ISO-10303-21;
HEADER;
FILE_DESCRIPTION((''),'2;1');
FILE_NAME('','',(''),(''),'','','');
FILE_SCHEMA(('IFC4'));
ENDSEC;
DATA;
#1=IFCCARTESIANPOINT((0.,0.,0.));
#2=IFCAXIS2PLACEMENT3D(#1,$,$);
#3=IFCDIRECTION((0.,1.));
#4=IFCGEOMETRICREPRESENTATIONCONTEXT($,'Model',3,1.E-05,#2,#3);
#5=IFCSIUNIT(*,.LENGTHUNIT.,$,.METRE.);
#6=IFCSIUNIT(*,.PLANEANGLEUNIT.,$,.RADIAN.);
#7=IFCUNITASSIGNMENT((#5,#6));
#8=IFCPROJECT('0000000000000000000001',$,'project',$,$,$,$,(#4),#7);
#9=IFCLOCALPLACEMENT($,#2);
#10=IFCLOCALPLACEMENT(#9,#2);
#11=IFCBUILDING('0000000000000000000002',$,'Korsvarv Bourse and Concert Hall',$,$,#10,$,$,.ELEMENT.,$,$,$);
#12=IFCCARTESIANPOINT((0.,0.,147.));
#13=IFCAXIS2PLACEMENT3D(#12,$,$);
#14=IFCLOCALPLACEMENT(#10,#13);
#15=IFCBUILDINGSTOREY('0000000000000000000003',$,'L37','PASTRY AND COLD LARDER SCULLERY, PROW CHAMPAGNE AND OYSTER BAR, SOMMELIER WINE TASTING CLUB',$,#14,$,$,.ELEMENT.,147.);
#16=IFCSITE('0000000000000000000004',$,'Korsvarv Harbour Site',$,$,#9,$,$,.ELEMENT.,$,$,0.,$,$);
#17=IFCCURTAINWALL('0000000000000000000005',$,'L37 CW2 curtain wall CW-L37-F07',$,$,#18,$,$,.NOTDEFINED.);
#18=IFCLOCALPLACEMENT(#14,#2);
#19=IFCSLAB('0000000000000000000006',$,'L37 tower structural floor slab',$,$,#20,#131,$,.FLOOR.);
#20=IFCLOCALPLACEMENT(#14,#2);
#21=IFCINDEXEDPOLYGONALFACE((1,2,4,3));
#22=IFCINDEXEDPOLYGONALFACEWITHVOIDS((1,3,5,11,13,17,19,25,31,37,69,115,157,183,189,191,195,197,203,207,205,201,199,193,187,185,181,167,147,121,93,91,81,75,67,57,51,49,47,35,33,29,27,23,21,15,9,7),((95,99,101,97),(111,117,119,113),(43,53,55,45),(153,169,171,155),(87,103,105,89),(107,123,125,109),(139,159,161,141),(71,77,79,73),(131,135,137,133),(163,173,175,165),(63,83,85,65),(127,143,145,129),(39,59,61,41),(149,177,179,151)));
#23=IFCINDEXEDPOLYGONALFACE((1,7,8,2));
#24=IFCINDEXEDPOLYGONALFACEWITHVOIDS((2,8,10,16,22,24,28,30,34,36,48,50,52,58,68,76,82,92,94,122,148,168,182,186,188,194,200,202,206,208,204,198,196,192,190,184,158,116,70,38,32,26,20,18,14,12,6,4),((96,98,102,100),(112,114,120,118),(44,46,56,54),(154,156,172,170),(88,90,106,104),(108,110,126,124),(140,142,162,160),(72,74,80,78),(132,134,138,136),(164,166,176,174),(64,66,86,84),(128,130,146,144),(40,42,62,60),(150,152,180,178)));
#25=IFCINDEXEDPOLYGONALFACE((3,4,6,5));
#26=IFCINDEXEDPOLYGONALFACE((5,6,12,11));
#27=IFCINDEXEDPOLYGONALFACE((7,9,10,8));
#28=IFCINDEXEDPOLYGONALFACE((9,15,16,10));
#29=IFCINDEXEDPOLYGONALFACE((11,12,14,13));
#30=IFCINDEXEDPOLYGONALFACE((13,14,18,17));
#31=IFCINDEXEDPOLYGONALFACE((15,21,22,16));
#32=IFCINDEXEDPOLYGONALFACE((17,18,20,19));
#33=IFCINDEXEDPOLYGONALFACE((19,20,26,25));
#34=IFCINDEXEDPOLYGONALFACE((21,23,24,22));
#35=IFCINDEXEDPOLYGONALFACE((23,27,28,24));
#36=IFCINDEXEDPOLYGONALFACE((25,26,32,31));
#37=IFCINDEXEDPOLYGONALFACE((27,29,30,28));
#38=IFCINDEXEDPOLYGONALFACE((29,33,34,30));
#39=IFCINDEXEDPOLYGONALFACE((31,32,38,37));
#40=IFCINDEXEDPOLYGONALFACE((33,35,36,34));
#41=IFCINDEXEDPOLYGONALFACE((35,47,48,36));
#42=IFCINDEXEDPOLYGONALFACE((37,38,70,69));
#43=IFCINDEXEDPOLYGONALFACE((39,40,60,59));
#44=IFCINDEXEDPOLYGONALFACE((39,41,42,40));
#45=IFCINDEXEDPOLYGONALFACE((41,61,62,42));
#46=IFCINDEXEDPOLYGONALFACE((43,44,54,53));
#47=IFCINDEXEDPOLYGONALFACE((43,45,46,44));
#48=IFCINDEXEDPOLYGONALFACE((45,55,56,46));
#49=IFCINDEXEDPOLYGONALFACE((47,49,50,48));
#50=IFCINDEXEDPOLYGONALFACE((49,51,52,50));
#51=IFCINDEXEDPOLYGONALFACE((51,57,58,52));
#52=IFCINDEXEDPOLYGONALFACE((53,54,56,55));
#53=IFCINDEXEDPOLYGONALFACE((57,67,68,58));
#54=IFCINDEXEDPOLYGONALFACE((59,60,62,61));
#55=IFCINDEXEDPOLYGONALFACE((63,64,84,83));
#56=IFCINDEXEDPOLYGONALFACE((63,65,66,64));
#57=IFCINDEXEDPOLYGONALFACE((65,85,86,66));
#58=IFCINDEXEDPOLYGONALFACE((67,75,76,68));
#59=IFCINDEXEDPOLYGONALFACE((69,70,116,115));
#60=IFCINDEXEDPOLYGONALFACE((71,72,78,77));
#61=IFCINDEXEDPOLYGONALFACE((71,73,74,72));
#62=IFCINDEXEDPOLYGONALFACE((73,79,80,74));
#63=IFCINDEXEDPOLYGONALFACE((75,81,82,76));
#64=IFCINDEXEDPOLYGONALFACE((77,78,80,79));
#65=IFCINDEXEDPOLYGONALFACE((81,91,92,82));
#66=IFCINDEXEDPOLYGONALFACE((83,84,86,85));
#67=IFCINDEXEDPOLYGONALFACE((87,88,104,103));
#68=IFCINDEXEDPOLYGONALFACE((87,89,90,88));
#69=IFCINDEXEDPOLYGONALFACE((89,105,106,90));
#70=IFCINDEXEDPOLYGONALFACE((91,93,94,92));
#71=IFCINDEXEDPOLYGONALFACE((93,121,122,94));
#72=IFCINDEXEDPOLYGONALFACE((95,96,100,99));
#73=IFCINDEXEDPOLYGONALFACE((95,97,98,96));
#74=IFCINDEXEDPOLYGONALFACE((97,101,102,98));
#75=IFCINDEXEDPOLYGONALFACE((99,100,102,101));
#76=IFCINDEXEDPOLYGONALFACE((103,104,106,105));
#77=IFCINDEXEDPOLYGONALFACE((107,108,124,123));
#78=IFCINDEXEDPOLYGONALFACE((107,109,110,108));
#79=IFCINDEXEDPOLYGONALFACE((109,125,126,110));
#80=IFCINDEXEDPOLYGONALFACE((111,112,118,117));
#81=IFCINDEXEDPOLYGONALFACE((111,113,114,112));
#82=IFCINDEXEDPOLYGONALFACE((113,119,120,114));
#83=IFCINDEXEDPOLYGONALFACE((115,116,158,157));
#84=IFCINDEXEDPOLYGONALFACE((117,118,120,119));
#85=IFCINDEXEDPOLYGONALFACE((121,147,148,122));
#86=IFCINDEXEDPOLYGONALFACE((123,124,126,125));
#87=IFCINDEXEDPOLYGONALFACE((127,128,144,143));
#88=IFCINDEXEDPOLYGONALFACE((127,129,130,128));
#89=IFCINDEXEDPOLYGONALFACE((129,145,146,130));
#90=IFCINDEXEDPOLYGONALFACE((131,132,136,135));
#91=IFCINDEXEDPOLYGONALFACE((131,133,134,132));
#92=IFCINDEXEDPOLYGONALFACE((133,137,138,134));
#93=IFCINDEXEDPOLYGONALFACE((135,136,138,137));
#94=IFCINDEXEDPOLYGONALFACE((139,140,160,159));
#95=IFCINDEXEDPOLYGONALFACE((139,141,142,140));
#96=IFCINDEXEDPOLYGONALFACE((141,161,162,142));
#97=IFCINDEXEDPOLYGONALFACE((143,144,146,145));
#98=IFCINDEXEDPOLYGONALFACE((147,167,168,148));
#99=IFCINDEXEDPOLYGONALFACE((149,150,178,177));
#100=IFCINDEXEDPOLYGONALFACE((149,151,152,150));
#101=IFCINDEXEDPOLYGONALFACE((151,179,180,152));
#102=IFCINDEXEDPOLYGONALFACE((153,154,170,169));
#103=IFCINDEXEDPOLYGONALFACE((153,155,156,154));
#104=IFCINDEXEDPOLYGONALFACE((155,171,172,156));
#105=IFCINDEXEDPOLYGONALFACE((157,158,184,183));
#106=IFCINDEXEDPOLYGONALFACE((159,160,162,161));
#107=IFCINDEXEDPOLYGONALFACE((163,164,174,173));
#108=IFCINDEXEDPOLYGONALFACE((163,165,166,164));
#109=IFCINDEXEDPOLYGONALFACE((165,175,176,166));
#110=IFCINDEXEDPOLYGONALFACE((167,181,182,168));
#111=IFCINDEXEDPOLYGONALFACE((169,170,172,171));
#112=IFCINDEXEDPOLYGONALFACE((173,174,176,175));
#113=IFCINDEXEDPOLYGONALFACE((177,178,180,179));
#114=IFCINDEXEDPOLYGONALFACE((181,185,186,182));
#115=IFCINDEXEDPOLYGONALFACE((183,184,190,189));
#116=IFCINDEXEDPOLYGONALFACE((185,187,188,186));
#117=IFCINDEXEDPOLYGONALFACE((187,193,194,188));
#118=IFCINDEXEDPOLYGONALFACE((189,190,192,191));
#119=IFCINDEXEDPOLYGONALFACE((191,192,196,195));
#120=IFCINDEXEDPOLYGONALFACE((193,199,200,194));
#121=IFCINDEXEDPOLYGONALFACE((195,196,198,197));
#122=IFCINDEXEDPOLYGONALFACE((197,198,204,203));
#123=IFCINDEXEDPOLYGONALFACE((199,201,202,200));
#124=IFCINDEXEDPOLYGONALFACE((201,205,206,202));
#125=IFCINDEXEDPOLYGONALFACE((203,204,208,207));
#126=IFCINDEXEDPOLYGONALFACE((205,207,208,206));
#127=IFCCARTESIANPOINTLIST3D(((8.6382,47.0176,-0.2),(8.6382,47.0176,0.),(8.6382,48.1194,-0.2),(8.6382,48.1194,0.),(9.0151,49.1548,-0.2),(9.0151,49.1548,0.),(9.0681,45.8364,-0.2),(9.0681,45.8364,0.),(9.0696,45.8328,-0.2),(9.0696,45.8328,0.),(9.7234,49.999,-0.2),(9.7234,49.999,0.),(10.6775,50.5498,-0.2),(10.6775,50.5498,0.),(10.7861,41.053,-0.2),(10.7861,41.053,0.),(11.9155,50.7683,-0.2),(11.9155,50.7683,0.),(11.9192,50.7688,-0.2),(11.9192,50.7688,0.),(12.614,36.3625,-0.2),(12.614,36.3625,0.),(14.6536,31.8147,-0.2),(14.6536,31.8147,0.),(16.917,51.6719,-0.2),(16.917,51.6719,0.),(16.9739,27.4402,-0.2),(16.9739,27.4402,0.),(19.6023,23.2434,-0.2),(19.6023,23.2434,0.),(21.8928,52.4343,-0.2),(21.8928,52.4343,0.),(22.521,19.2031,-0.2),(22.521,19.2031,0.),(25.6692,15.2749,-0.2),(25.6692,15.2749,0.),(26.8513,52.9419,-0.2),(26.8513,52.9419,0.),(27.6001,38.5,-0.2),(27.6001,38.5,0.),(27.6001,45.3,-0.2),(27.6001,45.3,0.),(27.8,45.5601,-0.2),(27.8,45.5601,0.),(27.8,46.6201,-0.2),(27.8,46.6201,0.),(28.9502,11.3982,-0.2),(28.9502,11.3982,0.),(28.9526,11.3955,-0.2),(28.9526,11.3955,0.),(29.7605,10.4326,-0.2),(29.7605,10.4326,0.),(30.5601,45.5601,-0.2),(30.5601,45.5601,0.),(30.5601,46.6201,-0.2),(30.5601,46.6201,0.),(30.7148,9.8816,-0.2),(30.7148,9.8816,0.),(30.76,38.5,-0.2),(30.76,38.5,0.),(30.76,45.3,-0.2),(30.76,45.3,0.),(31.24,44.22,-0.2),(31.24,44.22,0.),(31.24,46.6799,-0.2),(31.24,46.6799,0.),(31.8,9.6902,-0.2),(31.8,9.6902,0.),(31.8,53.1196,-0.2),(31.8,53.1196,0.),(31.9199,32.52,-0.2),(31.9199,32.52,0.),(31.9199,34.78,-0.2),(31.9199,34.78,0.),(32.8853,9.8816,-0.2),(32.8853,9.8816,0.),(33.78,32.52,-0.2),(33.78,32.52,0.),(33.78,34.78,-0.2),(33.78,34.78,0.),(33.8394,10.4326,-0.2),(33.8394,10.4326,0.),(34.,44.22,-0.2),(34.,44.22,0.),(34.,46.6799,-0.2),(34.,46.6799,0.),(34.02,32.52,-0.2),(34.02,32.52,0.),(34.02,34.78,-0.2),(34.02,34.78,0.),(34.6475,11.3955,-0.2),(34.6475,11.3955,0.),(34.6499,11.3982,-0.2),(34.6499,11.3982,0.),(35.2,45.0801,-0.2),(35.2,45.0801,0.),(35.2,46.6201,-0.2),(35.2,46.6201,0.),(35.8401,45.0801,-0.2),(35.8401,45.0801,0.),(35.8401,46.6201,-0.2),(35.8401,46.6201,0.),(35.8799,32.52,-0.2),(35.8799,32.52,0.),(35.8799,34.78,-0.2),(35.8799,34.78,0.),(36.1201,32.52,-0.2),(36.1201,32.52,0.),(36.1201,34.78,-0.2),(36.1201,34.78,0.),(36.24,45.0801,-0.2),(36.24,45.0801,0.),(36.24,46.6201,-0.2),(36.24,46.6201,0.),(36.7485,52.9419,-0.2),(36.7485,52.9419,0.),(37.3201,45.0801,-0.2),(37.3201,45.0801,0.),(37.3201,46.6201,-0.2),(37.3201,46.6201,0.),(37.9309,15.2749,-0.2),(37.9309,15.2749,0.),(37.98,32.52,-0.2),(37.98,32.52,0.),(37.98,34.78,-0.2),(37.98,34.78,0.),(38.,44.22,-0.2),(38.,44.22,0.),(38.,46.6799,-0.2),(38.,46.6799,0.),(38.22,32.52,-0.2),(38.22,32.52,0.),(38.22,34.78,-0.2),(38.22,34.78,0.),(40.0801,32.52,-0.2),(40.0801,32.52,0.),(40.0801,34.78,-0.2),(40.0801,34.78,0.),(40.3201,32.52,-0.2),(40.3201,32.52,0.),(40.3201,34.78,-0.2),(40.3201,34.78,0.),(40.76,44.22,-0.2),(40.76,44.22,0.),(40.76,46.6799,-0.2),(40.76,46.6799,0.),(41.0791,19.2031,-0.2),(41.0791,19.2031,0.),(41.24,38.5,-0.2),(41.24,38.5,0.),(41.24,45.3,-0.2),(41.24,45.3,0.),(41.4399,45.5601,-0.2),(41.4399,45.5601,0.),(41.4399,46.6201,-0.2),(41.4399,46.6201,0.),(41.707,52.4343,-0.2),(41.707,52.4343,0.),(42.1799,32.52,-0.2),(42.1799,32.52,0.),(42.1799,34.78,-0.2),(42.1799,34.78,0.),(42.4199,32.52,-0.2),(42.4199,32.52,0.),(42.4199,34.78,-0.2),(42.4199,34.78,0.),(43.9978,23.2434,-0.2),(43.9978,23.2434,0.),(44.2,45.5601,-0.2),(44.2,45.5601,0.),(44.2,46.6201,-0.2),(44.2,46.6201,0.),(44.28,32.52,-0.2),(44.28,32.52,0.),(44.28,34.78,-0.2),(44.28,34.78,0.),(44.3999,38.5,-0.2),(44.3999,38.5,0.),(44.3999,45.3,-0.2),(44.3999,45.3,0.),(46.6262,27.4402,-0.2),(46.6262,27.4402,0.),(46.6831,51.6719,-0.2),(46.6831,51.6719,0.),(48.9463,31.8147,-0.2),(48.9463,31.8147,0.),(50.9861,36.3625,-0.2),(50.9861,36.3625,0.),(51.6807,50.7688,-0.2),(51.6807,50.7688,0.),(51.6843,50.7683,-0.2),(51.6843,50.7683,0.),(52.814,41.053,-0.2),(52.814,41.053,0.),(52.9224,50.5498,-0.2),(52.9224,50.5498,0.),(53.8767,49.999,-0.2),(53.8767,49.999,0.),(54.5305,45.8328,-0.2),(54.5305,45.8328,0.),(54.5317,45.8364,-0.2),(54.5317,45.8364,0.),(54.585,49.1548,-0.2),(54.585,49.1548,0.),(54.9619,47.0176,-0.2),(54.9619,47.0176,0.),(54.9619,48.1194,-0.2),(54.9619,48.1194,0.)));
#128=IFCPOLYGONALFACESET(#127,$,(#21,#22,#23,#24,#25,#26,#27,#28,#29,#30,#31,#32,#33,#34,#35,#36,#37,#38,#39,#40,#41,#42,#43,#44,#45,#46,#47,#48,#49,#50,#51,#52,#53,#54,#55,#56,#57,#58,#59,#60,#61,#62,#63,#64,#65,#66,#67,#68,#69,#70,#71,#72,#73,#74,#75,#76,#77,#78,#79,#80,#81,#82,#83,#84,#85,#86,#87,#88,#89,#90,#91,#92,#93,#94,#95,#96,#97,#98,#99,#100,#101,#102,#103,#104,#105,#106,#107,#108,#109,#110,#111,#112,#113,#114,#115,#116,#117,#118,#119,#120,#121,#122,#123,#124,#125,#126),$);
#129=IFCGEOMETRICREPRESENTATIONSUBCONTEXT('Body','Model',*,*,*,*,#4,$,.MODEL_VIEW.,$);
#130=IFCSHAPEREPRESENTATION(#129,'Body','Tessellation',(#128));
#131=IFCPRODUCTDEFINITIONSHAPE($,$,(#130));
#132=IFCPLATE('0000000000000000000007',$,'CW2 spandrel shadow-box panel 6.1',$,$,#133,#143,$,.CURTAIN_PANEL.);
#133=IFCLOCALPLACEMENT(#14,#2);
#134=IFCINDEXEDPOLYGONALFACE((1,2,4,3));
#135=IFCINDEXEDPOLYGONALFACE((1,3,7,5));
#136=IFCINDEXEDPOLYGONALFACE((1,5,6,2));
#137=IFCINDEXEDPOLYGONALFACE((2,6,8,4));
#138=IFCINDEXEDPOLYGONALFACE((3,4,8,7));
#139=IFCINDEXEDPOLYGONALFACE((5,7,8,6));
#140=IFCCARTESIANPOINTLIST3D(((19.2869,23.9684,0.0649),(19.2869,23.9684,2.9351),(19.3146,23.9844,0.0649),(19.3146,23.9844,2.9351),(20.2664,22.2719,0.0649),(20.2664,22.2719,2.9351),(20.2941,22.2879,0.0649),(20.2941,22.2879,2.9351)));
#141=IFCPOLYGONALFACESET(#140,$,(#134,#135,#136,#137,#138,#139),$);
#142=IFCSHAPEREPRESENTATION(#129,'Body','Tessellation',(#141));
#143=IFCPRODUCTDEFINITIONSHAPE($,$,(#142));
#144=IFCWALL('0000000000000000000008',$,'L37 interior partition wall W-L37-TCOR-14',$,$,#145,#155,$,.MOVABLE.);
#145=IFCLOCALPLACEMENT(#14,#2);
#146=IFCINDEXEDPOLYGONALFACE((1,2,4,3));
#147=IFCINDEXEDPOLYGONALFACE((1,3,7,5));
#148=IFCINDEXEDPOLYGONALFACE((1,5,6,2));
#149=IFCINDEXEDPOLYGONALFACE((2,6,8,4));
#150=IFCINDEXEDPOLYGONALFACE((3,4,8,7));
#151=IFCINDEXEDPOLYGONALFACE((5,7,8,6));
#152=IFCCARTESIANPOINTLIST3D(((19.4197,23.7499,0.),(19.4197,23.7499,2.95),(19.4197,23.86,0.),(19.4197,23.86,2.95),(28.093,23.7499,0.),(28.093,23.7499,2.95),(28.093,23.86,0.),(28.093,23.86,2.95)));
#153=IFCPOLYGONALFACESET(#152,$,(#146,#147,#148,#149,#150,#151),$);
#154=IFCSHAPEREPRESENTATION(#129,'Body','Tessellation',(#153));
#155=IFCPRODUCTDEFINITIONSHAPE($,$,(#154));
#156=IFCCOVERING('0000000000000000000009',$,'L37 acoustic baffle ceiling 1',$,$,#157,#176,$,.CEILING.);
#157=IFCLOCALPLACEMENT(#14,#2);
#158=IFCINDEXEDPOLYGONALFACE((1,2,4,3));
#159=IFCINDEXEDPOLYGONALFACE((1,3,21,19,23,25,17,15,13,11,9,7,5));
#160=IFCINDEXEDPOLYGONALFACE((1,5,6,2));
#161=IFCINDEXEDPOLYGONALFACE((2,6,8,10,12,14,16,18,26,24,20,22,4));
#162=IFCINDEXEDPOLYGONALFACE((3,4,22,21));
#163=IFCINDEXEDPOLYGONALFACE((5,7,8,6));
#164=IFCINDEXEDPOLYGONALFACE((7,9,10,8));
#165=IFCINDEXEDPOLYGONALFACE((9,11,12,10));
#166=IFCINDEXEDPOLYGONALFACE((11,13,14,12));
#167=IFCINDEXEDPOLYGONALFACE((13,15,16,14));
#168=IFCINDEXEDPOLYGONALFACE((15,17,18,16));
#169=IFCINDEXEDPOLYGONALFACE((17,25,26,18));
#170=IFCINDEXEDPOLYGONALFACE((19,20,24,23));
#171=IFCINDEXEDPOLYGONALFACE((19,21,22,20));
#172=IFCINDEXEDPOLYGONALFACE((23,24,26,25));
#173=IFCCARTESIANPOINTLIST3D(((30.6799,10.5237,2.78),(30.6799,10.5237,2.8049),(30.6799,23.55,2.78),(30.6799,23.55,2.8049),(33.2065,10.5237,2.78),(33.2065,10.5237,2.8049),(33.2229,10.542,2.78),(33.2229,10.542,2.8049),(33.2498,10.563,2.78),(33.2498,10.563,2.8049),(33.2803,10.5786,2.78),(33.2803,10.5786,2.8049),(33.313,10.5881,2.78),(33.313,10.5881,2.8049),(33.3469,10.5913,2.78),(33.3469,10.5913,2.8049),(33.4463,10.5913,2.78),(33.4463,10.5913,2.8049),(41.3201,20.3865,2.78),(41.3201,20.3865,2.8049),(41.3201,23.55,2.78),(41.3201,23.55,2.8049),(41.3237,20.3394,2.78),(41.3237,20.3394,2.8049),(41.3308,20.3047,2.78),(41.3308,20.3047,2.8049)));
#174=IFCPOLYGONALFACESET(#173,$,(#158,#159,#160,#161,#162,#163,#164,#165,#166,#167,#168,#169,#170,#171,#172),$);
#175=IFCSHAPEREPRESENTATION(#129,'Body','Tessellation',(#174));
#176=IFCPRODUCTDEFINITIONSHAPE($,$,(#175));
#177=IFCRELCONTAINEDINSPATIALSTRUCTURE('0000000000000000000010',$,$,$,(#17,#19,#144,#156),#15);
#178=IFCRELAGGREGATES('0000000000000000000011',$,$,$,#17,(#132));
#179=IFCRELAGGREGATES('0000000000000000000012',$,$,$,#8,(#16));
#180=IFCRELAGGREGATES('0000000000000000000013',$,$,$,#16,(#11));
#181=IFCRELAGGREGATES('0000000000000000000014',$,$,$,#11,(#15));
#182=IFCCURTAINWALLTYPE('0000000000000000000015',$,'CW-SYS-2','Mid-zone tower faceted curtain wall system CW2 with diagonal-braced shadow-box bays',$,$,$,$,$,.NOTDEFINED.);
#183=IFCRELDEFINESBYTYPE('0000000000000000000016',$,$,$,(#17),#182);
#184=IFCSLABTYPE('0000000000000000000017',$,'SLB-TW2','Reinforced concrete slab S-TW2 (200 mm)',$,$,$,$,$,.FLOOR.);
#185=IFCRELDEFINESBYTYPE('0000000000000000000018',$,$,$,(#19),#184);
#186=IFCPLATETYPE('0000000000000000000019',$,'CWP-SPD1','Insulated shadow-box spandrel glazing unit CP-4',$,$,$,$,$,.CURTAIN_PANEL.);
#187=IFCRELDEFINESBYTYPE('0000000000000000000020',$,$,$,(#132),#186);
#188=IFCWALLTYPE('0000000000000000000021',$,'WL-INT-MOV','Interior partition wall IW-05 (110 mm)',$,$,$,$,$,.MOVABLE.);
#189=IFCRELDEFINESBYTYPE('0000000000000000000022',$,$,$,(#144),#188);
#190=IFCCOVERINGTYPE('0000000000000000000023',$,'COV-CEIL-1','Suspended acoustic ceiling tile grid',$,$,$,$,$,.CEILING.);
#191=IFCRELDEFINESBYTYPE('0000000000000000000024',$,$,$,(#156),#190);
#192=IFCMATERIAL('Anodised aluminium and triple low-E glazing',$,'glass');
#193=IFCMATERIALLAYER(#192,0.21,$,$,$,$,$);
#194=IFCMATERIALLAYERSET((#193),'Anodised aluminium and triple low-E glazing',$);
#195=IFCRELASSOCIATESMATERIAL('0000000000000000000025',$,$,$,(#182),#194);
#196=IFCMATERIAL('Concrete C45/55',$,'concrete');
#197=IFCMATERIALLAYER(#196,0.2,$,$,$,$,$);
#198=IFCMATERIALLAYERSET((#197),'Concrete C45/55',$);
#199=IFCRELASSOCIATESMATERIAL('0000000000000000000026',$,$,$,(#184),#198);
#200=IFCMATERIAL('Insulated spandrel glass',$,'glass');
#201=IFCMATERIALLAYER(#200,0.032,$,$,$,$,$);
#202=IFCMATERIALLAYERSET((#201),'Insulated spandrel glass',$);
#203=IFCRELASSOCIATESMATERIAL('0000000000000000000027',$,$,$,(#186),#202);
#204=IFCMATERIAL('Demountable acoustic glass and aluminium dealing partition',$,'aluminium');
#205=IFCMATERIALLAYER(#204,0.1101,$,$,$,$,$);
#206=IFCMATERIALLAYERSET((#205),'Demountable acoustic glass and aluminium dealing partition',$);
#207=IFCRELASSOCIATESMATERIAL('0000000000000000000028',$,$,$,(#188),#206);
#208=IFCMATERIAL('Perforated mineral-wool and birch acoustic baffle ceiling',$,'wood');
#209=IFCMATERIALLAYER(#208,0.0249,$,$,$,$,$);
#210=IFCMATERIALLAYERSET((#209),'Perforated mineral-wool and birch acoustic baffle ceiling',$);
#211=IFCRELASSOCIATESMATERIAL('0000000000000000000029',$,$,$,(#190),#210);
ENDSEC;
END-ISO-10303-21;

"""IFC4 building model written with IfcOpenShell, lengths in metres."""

from ifc_helpers import new_model, si_unit, direction, frame, frame_2d, origin, origin_2d, place, context, subcontext, project, spatial, polyline, rectangle, outline, extrude, source, transform, mapped, material, layer, layer_set, type_object, element, aggregate, save


model = new_model("IFC4")

# Units and contexts
model_context = context("Model", 3, precision=1e-05, world=origin(), true_north=direction((0.0, 1.0)))
body_context = subcontext(model_context, "Body", "Model", "MODEL_VIEW")
ifc_project = project(units=[si_unit("LENGTHUNIT", "METRE"), si_unit("PLANEANGLEUNIT", "RADIAN")], contexts=[model_context])

# Site, building, storey
site_placement = place(None, origin())
site = spatial("IfcSite", under=ifc_project, at=site_placement, Name="Korsvarv Harbour Site", CompositionType="ELEMENT", RefElevation=0.0)
building_placement = place(site_placement, origin())
building = spatial("IfcBuilding", under=site, at=building_placement, Name="Korsvarv Bourse and Concert Hall", CompositionType="ELEMENT")
storey_placement = place(building_placement, frame((0.0, 0.0, 147.0)))
storey = spatial("IfcBuildingStorey", under=building, at=storey_placement, Name="L37", Description="PASTRY AND COLD LARDER SCULLERY, PROW CHAMPAGNE AND OYSTER BAR, SOMMELIER WINE TASTING CLUB", CompositionType="ELEMENT", Elevation=147.0)

# Curtain wall
ifc_material_1 = material(Name="Anodised aluminium and triple low-E glazing", Category="glass")
ifc_layer_1 = layer(ifc_material_1, 0.21)
ifc_layer_set_1 = layer_set([ifc_layer_1], Name="Anodised aluminium and triple low-E glazing")
curtain_wall_type = type_object("IfcCurtainWallType", Name="CW-SYS-2", Description="Mid-zone tower faceted curtain wall system CW2 with diagonal-braced shadow-box bays", PredefinedType="NOTDEFINED", material=ifc_layer_set_1)
curtain_wall_placement = place(storey_placement, origin())
curtain_wall = element("IfcCurtainWall", 1, at=curtain_wall_placement, inside=storey, type_object=curtain_wall_type, Name="L37 CW2 curtain wall CW-L37-F07", PredefinedType="NOTDEFINED")

# Slab
ifc_material_2 = material(Name="Concrete C45/55", Category="concrete")
ifc_layer_2 = layer(ifc_material_2, 0.2)
ifc_layer_set_2 = layer_set([ifc_layer_2], Name="Concrete C45/55")
slab_type_1 = type_object("IfcSlabType", Name="SLB-TW2", Description="Reinforced concrete slab S-TW2 (200 mm)", PredefinedType="FLOOR", material=ifc_layer_set_2)
slab_1_placement = place(storey_placement, frame((0.0, 0.0, -0.2)))
element("IfcSlab", 2, at=slab_1_placement, inside=storey, type_object=slab_type_1, Name="L37 tower structural floor slab", PredefinedType="FLOOR", context=body_context, shape_type="SweptSolid", body=[
    extrude(outline(polyline([(54.5305, 45.8328), (52.814, 41.053), (50.9861, 36.3625), (48.9463, 31.8147), (46.6262, 27.4402), (43.9978, 23.2434), (41.0791, 19.2031), (37.9309, 15.2749), (34.6499, 11.3982), (34.6475, 11.3955), (33.8394, 10.4326), (32.8853, 9.8816), (31.8, 9.6902), (30.7148, 9.8816), (29.7605, 10.4326), (28.9526, 11.3955), (28.9502, 11.3982), (25.6692, 15.2749), (22.521, 19.2031), (19.6023, 23.2434), (16.9739, 27.4402), (14.6536, 31.8147), (12.614, 36.3625), (10.7861, 41.053), (9.0696, 45.8328), (9.0681, 45.8364), (8.6382, 47.0176), (8.6382, 48.1194), (9.0151, 49.1548), (9.7234, 49.999), (10.6775, 50.5498), (11.9155, 50.7683), (11.9192, 50.7688), (16.917, 51.6719), (21.8928, 52.4343), (26.8513, 52.9419), (31.8, 53.1196), (36.7485, 52.9419), (41.707, 52.4343), (46.6831, 51.6719), (51.6807, 50.7688), (51.6843, 50.7683), (52.9224, 50.5498), (53.8767, 49.999), (54.585, 49.1548), (54.9619, 48.1194), (54.9619, 47.0176), (54.5317, 45.8364), (54.5305, 45.8328)]), holes=[polyline([(30.76, 38.5), (30.76, 45.3), (27.6001, 45.3), (27.6001, 38.5), (30.76, 38.5)]), polyline([(44.3999, 38.5), (44.3999, 45.3), (41.24, 45.3), (41.24, 38.5), (44.3999, 38.5)]), polyline([(31.24, 44.22), (34.0, 44.22), (34.0, 46.6799), (31.24, 46.6799), (31.24, 44.22)]), polyline([(38.0, 44.22), (40.76, 44.22), (40.76, 46.6799), (38.0, 46.6799), (38.0, 44.22)]), polyline([(31.9199, 32.52), (33.78, 32.52), (33.78, 34.78), (31.9199, 34.78), (31.9199, 32.52)]), polyline([(34.02, 32.52), (35.8799, 32.52), (35.8799, 34.78), (34.02, 34.78), (34.02, 32.52)]), polyline([(36.1201, 32.52), (37.98, 32.52), (37.98, 34.78), (36.1201, 34.78), (36.1201, 32.52)]), polyline([(38.22, 32.52), (40.0801, 32.52), (40.0801, 34.78), (38.22, 34.78), (38.22, 32.52)]), polyline([(40.3201, 32.52), (42.1799, 32.52), (42.1799, 34.78), (40.3201, 34.78), (40.3201, 32.52)]), polyline([(42.4199, 32.52), (44.28, 32.52), (44.28, 34.78), (42.4199, 34.78), (42.4199, 32.52)]), polyline([(27.8, 45.5601), (30.5601, 45.5601), (30.5601, 46.6201), (27.8, 46.6201), (27.8, 45.5601)]), polyline([(41.4399, 45.5601), (44.2, 45.5601), (44.2, 46.6201), (41.4399, 46.6201), (41.4399, 45.5601)]), polyline([(35.2, 45.0801), (35.8401, 45.0801), (35.8401, 46.6201), (35.2, 46.6201), (35.2, 45.0801)]), polyline([(36.24, 45.0801), (37.3201, 45.0801), (37.3201, 46.6201), (36.24, 46.6201), (36.24, 45.0801)])]), origin(), (0.0, 0.0, 1.0), 0.2),
])

# Plate
ifc_material_3 = material(Name="Insulated spandrel glass", Category="glass")
ifc_layer_3 = layer(ifc_material_3, 0.032)
ifc_layer_set_3 = layer_set([ifc_layer_3], Name="Insulated spandrel glass")
plate_type = type_object("IfcPlateType", Name="CWP-SPD1", Description="Insulated shadow-box spandrel glazing unit CP-4", PredefinedType="CURTAIN_PANEL", material=ifc_layer_set_3)
shared_shape_1 = source(origin(), body_context, "Body", "SweptSolid", [
    extrude(rectangle(XDim=1.959, YDim=0.032, at=origin_2d()), origin(), (0.0, 0.0, 1.0), 2.8701),
])
plate_placement = place(storey_placement, frame((19.7905, 23.1282, 0.0649), z_axis=(0.0, 0.0, 1.0), x_axis=(0.500006, -0.866022, 0.0)))
plate = element("IfcPlate", 3, at=plate_placement, type_object=plate_type, Name="CW2 spandrel shadow-box panel 6.1", PredefinedType="CURTAIN_PANEL", context=body_context, shape_type="MappedRepresentation", body=[
    mapped(shared_shape_1, transform((0.0, 0.0, 0.0), scale=1.0)),
])
aggregate(curtain_wall, [plate])

# Wall
ifc_material_4 = material(Name="Demountable acoustic glass and aluminium dealing partition", Category="aluminium")
ifc_layer_4 = layer(ifc_material_4, 0.1101)
ifc_layer_set_4 = layer_set([ifc_layer_4], Name="Demountable acoustic glass and aluminium dealing partition")
wall_type = type_object("IfcWallType", Name="WL-INT-MOV", Description="Interior partition wall IW-05 (110 mm)", PredefinedType="MOVABLE", material=ifc_layer_set_4)
wall_placement = place(storey_placement, frame((19.4197, 23.8049, 0.0), z_axis=(0.0, 0.0, 1.0), x_axis=(1.0, 0.0, 0.0)))
element("IfcWall", 4, at=wall_placement, inside=storey, type_object=wall_type, Name="L37 interior partition wall W-L37-TCOR-14", PredefinedType="MOVABLE", context=body_context, shape_type="SweptSolid", body=[
    extrude(rectangle(XDim=8.6733, YDim=0.1101, at=frame_2d((4.3367, 0.0))), origin(), (0.0, 0.0, 1.0), 2.95),
])

# Covering
ifc_material_5 = material(Name="Perforated mineral-wool and birch acoustic baffle ceiling", Category="wood")
ifc_layer_5 = layer(ifc_material_5, 0.0249)
ifc_layer_set_5 = layer_set([ifc_layer_5], Name="Perforated mineral-wool and birch acoustic baffle ceiling")
covering_type_1 = type_object("IfcCoveringType", Name="COV-CEIL-1", Description="Suspended acoustic ceiling tile grid", PredefinedType="CEILING", material=ifc_layer_set_5)
covering_1_placement = place(storey_placement, frame((0.0, 0.0, 2.78)))
element("IfcCovering", 5, at=covering_1_placement, inside=storey, type_object=covering_type_1, Name="L37 acoustic baffle ceiling 1", PredefinedType="CEILING", context=body_context, shape_type="SweptSolid", body=[
    extrude(outline(polyline([(30.6799, 10.5237), (30.6799, 23.55), (41.3201, 23.55), (41.3201, 20.3865), (41.3237, 20.3394), (41.3308, 20.3047), (33.4463, 10.5913), (33.3469, 10.5913), (33.313, 10.5881), (33.2803, 10.5786), (33.2498, 10.563), (33.2229, 10.542), (33.2065, 10.5237), (30.6799, 10.5237)])), origin(), (0.0, 0.0, 1.0), 0.0249),
])

save(model, "model.ifc")
